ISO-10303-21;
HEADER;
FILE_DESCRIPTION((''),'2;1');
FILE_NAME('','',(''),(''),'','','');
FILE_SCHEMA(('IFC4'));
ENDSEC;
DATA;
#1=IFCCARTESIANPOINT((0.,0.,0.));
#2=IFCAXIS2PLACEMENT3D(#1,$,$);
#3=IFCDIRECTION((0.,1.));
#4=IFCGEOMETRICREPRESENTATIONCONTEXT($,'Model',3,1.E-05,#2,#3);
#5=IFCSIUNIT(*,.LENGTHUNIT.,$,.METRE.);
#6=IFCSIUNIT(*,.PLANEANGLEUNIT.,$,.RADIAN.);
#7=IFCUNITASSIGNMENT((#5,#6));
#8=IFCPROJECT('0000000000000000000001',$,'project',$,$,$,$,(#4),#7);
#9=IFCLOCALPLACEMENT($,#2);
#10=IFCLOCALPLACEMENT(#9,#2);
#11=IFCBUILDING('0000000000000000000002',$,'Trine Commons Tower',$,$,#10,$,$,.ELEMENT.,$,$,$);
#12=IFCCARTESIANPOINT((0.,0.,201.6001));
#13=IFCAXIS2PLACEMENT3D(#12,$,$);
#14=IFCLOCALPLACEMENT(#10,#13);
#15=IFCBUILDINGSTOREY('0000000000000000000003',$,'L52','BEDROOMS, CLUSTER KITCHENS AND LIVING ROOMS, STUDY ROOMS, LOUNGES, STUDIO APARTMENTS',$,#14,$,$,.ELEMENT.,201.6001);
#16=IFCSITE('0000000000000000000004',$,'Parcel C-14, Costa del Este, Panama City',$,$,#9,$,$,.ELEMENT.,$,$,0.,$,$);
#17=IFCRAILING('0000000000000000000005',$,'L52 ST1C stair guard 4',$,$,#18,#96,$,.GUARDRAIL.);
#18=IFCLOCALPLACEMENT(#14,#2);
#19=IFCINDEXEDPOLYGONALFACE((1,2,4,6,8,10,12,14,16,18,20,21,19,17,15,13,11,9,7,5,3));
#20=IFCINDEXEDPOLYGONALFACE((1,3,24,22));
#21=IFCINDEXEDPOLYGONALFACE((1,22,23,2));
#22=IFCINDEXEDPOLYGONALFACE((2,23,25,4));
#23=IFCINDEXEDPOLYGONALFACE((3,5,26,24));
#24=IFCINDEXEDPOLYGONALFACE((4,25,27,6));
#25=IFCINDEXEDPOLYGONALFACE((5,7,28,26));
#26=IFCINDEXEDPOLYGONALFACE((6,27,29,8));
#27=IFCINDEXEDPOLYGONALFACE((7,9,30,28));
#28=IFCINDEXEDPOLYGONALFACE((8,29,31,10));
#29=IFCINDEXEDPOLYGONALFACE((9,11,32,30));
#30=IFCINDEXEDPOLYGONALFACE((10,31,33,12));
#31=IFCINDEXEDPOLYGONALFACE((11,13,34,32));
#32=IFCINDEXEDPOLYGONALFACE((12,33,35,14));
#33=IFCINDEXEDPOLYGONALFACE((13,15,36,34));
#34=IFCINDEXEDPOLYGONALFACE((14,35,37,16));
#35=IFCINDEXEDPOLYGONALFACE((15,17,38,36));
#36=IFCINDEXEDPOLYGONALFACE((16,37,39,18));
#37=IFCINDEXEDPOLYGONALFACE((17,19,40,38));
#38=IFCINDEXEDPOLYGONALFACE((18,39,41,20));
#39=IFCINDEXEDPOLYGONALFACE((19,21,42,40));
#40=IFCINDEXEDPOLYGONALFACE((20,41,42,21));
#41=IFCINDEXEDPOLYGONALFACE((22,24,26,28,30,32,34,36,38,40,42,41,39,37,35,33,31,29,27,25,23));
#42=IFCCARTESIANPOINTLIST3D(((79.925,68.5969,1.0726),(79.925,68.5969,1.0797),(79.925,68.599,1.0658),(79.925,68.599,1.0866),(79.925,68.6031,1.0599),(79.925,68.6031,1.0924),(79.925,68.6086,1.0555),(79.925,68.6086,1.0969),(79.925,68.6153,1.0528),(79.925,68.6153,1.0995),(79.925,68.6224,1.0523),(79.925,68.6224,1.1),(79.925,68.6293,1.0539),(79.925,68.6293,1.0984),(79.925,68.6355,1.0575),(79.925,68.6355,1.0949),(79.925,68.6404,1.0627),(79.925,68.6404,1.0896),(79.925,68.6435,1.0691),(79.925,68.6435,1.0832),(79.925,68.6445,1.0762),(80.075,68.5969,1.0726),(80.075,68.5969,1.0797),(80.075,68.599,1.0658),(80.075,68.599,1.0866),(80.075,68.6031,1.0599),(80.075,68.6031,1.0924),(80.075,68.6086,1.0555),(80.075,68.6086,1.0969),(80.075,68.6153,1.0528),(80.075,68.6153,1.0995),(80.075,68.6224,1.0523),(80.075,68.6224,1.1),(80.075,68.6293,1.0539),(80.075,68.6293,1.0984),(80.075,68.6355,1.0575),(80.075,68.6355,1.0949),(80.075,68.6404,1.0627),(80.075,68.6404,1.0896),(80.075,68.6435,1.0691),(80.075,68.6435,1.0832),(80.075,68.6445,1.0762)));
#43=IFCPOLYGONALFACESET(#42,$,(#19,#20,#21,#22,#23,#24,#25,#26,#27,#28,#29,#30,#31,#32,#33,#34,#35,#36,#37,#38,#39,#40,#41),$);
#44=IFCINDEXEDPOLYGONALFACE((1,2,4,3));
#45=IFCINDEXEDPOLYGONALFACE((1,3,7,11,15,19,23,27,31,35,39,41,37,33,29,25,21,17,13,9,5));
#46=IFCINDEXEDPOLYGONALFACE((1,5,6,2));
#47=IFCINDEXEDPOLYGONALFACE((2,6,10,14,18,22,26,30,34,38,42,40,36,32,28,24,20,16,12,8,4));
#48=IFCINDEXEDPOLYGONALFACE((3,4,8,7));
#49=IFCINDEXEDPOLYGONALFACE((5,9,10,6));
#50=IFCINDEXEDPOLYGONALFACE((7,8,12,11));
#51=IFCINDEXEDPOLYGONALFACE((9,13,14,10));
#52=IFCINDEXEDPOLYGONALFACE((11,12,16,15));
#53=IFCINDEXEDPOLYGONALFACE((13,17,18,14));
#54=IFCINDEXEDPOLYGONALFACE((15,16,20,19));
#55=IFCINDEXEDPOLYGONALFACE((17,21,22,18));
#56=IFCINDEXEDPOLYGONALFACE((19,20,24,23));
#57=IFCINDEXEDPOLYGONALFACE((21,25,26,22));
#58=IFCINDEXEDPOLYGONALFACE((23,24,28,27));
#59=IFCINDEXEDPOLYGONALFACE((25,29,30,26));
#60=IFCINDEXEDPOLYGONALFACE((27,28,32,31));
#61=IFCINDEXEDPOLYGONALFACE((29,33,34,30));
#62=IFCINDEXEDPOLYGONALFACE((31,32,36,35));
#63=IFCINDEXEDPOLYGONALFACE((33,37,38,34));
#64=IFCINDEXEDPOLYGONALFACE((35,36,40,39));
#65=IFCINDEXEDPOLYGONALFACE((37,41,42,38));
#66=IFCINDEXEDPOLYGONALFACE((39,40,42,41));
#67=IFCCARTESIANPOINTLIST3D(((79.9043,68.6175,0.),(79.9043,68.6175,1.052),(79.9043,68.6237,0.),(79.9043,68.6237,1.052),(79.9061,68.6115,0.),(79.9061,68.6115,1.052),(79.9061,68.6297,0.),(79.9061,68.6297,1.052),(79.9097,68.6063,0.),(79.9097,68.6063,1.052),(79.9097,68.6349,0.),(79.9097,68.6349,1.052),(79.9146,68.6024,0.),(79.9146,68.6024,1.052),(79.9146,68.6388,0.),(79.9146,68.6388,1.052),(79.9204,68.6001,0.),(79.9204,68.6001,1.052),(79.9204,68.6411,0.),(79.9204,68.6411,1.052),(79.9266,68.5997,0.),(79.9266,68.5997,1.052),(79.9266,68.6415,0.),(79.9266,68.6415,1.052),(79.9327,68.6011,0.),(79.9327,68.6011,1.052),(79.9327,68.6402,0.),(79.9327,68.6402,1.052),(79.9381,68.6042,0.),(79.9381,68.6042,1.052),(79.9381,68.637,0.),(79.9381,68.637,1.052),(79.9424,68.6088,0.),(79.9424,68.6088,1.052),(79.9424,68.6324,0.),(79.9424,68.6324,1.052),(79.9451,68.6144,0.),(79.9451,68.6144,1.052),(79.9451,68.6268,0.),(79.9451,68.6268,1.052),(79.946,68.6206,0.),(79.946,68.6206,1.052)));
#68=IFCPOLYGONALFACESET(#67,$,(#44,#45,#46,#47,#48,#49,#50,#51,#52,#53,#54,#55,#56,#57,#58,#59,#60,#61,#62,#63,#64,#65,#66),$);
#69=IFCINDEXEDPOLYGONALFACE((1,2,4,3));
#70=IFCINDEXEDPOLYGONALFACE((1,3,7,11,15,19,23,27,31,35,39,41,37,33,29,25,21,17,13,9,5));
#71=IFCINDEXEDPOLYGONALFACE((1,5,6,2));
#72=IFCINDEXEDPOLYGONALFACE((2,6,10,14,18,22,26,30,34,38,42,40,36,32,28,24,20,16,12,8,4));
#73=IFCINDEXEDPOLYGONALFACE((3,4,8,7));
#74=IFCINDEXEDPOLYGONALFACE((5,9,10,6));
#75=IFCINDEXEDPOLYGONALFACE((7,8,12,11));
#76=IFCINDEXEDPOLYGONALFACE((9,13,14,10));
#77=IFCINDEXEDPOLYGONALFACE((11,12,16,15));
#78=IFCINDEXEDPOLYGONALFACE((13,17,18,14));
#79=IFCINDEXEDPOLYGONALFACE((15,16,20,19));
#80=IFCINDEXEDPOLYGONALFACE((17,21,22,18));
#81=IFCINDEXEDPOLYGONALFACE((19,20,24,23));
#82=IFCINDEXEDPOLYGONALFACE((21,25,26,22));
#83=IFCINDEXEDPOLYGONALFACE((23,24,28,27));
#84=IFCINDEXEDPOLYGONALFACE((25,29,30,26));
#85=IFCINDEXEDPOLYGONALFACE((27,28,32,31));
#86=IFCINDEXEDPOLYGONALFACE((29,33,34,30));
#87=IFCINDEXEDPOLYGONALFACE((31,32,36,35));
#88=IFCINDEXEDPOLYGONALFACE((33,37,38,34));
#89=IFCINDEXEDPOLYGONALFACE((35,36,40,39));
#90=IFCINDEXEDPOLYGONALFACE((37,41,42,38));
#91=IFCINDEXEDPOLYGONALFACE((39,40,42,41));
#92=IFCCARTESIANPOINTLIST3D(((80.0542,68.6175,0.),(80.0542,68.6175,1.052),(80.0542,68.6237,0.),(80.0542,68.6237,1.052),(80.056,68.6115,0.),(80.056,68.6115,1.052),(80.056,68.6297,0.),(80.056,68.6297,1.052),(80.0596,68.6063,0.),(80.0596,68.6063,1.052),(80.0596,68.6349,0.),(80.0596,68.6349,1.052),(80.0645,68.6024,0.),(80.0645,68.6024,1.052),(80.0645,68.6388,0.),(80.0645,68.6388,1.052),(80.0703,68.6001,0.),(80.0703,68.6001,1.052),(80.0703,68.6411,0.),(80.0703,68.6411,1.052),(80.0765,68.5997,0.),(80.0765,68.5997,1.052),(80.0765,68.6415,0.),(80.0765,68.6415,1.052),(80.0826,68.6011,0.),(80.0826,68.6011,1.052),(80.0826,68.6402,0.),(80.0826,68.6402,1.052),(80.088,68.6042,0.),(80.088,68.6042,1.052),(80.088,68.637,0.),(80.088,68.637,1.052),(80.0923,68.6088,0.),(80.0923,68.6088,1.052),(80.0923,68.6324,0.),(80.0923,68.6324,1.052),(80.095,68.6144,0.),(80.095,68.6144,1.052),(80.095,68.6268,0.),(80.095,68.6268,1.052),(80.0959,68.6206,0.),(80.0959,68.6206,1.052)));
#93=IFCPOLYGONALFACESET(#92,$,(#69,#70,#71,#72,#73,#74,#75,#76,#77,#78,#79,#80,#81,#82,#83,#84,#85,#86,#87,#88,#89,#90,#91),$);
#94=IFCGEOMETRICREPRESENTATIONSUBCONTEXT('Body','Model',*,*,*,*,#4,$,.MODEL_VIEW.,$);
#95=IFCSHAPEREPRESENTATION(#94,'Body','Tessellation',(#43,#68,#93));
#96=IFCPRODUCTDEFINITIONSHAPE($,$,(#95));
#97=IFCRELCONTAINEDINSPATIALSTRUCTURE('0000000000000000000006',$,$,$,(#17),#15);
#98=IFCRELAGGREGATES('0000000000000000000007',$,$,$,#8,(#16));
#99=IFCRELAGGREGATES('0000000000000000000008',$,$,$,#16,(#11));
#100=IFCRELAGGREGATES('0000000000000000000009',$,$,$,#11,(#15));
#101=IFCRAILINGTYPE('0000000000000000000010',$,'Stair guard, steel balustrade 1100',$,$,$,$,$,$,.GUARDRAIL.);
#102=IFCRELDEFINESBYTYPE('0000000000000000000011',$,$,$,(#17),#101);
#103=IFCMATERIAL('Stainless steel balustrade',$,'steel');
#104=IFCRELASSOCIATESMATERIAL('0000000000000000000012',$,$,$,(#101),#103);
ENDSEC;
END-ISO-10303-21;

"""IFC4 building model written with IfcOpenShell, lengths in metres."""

from ifc_helpers import new_model, si_unit, direction, frame, origin, origin_2d, place, context, subcontext, project, spatial, circle, extrude, material, type_object, element, save


model = new_model("IFC4")

# Units and contexts
model_context = context("Model", 3, precision=1e-05, world=origin(), true_north=direction((0.0, 1.0)))
body_context = subcontext(model_context, "Body", "Model", "MODEL_VIEW")
ifc_project = project(units=[si_unit("LENGTHUNIT", "METRE"), si_unit("PLANEANGLEUNIT", "RADIAN")], contexts=[model_context])

# Site, building, storey
site_placement = place(None, origin())
site = spatial("IfcSite", under=ifc_project, at=site_placement, Name="Parcel C-14, Costa del Este, Panama City", CompositionType="ELEMENT", RefElevation=0.0)
building_placement = place(site_placement, origin())
building = spatial("IfcBuilding", under=site, at=building_placement, Name="Trine Commons Tower", CompositionType="ELEMENT")
storey_placement = place(building_placement, frame((0.0, 0.0, 201.6001)))
storey = spatial("IfcBuildingStorey", under=building, at=storey_placement, Name="L52", Description="BEDROOMS, CLUSTER KITCHENS AND LIVING ROOMS, STUDY ROOMS, LOUNGES, STUDIO APARTMENTS", CompositionType="ELEMENT", Elevation=201.6001)

# Railing
ifc_material_1 = material(Name="Stainless steel balustrade", Category="steel")
railing_type_1 = type_object("IfcRailingType", Name="Stair guard, steel balustrade 1100", PredefinedType="GUARDRAIL", material=ifc_material_1)
railing_1_placement = place(storey_placement, frame((79.925, 68.6206, 0.0)))
element("IfcRailing", 1, at=railing_1_placement, inside=storey, type_object=railing_type_1, Name="L52 ST1C stair guard 4", PredefinedType="GUARDRAIL", context=body_context, shape_type="SweptSolid", body=[
    extrude(circle(Radius=0.0239, at=origin_2d()), frame((0.0, 0.0, 1.0762), z_axis=(1.0, 0.0, 0.0), x_axis=(0.0, 1.0, 0.0)), (0.0, 0.0, 1.0), 0.1499),
    extrude(circle(Radius=0.021, at=origin_2d()), origin(), (0.0, 0.0, 1.0), 1.052),
    extrude(circle(Radius=0.021, at=origin_2d()), frame((0.1499, 0.0, 0.0)), (0.0, 0.0, 1.0), 1.052),
])

save(model, "model.ifc")
